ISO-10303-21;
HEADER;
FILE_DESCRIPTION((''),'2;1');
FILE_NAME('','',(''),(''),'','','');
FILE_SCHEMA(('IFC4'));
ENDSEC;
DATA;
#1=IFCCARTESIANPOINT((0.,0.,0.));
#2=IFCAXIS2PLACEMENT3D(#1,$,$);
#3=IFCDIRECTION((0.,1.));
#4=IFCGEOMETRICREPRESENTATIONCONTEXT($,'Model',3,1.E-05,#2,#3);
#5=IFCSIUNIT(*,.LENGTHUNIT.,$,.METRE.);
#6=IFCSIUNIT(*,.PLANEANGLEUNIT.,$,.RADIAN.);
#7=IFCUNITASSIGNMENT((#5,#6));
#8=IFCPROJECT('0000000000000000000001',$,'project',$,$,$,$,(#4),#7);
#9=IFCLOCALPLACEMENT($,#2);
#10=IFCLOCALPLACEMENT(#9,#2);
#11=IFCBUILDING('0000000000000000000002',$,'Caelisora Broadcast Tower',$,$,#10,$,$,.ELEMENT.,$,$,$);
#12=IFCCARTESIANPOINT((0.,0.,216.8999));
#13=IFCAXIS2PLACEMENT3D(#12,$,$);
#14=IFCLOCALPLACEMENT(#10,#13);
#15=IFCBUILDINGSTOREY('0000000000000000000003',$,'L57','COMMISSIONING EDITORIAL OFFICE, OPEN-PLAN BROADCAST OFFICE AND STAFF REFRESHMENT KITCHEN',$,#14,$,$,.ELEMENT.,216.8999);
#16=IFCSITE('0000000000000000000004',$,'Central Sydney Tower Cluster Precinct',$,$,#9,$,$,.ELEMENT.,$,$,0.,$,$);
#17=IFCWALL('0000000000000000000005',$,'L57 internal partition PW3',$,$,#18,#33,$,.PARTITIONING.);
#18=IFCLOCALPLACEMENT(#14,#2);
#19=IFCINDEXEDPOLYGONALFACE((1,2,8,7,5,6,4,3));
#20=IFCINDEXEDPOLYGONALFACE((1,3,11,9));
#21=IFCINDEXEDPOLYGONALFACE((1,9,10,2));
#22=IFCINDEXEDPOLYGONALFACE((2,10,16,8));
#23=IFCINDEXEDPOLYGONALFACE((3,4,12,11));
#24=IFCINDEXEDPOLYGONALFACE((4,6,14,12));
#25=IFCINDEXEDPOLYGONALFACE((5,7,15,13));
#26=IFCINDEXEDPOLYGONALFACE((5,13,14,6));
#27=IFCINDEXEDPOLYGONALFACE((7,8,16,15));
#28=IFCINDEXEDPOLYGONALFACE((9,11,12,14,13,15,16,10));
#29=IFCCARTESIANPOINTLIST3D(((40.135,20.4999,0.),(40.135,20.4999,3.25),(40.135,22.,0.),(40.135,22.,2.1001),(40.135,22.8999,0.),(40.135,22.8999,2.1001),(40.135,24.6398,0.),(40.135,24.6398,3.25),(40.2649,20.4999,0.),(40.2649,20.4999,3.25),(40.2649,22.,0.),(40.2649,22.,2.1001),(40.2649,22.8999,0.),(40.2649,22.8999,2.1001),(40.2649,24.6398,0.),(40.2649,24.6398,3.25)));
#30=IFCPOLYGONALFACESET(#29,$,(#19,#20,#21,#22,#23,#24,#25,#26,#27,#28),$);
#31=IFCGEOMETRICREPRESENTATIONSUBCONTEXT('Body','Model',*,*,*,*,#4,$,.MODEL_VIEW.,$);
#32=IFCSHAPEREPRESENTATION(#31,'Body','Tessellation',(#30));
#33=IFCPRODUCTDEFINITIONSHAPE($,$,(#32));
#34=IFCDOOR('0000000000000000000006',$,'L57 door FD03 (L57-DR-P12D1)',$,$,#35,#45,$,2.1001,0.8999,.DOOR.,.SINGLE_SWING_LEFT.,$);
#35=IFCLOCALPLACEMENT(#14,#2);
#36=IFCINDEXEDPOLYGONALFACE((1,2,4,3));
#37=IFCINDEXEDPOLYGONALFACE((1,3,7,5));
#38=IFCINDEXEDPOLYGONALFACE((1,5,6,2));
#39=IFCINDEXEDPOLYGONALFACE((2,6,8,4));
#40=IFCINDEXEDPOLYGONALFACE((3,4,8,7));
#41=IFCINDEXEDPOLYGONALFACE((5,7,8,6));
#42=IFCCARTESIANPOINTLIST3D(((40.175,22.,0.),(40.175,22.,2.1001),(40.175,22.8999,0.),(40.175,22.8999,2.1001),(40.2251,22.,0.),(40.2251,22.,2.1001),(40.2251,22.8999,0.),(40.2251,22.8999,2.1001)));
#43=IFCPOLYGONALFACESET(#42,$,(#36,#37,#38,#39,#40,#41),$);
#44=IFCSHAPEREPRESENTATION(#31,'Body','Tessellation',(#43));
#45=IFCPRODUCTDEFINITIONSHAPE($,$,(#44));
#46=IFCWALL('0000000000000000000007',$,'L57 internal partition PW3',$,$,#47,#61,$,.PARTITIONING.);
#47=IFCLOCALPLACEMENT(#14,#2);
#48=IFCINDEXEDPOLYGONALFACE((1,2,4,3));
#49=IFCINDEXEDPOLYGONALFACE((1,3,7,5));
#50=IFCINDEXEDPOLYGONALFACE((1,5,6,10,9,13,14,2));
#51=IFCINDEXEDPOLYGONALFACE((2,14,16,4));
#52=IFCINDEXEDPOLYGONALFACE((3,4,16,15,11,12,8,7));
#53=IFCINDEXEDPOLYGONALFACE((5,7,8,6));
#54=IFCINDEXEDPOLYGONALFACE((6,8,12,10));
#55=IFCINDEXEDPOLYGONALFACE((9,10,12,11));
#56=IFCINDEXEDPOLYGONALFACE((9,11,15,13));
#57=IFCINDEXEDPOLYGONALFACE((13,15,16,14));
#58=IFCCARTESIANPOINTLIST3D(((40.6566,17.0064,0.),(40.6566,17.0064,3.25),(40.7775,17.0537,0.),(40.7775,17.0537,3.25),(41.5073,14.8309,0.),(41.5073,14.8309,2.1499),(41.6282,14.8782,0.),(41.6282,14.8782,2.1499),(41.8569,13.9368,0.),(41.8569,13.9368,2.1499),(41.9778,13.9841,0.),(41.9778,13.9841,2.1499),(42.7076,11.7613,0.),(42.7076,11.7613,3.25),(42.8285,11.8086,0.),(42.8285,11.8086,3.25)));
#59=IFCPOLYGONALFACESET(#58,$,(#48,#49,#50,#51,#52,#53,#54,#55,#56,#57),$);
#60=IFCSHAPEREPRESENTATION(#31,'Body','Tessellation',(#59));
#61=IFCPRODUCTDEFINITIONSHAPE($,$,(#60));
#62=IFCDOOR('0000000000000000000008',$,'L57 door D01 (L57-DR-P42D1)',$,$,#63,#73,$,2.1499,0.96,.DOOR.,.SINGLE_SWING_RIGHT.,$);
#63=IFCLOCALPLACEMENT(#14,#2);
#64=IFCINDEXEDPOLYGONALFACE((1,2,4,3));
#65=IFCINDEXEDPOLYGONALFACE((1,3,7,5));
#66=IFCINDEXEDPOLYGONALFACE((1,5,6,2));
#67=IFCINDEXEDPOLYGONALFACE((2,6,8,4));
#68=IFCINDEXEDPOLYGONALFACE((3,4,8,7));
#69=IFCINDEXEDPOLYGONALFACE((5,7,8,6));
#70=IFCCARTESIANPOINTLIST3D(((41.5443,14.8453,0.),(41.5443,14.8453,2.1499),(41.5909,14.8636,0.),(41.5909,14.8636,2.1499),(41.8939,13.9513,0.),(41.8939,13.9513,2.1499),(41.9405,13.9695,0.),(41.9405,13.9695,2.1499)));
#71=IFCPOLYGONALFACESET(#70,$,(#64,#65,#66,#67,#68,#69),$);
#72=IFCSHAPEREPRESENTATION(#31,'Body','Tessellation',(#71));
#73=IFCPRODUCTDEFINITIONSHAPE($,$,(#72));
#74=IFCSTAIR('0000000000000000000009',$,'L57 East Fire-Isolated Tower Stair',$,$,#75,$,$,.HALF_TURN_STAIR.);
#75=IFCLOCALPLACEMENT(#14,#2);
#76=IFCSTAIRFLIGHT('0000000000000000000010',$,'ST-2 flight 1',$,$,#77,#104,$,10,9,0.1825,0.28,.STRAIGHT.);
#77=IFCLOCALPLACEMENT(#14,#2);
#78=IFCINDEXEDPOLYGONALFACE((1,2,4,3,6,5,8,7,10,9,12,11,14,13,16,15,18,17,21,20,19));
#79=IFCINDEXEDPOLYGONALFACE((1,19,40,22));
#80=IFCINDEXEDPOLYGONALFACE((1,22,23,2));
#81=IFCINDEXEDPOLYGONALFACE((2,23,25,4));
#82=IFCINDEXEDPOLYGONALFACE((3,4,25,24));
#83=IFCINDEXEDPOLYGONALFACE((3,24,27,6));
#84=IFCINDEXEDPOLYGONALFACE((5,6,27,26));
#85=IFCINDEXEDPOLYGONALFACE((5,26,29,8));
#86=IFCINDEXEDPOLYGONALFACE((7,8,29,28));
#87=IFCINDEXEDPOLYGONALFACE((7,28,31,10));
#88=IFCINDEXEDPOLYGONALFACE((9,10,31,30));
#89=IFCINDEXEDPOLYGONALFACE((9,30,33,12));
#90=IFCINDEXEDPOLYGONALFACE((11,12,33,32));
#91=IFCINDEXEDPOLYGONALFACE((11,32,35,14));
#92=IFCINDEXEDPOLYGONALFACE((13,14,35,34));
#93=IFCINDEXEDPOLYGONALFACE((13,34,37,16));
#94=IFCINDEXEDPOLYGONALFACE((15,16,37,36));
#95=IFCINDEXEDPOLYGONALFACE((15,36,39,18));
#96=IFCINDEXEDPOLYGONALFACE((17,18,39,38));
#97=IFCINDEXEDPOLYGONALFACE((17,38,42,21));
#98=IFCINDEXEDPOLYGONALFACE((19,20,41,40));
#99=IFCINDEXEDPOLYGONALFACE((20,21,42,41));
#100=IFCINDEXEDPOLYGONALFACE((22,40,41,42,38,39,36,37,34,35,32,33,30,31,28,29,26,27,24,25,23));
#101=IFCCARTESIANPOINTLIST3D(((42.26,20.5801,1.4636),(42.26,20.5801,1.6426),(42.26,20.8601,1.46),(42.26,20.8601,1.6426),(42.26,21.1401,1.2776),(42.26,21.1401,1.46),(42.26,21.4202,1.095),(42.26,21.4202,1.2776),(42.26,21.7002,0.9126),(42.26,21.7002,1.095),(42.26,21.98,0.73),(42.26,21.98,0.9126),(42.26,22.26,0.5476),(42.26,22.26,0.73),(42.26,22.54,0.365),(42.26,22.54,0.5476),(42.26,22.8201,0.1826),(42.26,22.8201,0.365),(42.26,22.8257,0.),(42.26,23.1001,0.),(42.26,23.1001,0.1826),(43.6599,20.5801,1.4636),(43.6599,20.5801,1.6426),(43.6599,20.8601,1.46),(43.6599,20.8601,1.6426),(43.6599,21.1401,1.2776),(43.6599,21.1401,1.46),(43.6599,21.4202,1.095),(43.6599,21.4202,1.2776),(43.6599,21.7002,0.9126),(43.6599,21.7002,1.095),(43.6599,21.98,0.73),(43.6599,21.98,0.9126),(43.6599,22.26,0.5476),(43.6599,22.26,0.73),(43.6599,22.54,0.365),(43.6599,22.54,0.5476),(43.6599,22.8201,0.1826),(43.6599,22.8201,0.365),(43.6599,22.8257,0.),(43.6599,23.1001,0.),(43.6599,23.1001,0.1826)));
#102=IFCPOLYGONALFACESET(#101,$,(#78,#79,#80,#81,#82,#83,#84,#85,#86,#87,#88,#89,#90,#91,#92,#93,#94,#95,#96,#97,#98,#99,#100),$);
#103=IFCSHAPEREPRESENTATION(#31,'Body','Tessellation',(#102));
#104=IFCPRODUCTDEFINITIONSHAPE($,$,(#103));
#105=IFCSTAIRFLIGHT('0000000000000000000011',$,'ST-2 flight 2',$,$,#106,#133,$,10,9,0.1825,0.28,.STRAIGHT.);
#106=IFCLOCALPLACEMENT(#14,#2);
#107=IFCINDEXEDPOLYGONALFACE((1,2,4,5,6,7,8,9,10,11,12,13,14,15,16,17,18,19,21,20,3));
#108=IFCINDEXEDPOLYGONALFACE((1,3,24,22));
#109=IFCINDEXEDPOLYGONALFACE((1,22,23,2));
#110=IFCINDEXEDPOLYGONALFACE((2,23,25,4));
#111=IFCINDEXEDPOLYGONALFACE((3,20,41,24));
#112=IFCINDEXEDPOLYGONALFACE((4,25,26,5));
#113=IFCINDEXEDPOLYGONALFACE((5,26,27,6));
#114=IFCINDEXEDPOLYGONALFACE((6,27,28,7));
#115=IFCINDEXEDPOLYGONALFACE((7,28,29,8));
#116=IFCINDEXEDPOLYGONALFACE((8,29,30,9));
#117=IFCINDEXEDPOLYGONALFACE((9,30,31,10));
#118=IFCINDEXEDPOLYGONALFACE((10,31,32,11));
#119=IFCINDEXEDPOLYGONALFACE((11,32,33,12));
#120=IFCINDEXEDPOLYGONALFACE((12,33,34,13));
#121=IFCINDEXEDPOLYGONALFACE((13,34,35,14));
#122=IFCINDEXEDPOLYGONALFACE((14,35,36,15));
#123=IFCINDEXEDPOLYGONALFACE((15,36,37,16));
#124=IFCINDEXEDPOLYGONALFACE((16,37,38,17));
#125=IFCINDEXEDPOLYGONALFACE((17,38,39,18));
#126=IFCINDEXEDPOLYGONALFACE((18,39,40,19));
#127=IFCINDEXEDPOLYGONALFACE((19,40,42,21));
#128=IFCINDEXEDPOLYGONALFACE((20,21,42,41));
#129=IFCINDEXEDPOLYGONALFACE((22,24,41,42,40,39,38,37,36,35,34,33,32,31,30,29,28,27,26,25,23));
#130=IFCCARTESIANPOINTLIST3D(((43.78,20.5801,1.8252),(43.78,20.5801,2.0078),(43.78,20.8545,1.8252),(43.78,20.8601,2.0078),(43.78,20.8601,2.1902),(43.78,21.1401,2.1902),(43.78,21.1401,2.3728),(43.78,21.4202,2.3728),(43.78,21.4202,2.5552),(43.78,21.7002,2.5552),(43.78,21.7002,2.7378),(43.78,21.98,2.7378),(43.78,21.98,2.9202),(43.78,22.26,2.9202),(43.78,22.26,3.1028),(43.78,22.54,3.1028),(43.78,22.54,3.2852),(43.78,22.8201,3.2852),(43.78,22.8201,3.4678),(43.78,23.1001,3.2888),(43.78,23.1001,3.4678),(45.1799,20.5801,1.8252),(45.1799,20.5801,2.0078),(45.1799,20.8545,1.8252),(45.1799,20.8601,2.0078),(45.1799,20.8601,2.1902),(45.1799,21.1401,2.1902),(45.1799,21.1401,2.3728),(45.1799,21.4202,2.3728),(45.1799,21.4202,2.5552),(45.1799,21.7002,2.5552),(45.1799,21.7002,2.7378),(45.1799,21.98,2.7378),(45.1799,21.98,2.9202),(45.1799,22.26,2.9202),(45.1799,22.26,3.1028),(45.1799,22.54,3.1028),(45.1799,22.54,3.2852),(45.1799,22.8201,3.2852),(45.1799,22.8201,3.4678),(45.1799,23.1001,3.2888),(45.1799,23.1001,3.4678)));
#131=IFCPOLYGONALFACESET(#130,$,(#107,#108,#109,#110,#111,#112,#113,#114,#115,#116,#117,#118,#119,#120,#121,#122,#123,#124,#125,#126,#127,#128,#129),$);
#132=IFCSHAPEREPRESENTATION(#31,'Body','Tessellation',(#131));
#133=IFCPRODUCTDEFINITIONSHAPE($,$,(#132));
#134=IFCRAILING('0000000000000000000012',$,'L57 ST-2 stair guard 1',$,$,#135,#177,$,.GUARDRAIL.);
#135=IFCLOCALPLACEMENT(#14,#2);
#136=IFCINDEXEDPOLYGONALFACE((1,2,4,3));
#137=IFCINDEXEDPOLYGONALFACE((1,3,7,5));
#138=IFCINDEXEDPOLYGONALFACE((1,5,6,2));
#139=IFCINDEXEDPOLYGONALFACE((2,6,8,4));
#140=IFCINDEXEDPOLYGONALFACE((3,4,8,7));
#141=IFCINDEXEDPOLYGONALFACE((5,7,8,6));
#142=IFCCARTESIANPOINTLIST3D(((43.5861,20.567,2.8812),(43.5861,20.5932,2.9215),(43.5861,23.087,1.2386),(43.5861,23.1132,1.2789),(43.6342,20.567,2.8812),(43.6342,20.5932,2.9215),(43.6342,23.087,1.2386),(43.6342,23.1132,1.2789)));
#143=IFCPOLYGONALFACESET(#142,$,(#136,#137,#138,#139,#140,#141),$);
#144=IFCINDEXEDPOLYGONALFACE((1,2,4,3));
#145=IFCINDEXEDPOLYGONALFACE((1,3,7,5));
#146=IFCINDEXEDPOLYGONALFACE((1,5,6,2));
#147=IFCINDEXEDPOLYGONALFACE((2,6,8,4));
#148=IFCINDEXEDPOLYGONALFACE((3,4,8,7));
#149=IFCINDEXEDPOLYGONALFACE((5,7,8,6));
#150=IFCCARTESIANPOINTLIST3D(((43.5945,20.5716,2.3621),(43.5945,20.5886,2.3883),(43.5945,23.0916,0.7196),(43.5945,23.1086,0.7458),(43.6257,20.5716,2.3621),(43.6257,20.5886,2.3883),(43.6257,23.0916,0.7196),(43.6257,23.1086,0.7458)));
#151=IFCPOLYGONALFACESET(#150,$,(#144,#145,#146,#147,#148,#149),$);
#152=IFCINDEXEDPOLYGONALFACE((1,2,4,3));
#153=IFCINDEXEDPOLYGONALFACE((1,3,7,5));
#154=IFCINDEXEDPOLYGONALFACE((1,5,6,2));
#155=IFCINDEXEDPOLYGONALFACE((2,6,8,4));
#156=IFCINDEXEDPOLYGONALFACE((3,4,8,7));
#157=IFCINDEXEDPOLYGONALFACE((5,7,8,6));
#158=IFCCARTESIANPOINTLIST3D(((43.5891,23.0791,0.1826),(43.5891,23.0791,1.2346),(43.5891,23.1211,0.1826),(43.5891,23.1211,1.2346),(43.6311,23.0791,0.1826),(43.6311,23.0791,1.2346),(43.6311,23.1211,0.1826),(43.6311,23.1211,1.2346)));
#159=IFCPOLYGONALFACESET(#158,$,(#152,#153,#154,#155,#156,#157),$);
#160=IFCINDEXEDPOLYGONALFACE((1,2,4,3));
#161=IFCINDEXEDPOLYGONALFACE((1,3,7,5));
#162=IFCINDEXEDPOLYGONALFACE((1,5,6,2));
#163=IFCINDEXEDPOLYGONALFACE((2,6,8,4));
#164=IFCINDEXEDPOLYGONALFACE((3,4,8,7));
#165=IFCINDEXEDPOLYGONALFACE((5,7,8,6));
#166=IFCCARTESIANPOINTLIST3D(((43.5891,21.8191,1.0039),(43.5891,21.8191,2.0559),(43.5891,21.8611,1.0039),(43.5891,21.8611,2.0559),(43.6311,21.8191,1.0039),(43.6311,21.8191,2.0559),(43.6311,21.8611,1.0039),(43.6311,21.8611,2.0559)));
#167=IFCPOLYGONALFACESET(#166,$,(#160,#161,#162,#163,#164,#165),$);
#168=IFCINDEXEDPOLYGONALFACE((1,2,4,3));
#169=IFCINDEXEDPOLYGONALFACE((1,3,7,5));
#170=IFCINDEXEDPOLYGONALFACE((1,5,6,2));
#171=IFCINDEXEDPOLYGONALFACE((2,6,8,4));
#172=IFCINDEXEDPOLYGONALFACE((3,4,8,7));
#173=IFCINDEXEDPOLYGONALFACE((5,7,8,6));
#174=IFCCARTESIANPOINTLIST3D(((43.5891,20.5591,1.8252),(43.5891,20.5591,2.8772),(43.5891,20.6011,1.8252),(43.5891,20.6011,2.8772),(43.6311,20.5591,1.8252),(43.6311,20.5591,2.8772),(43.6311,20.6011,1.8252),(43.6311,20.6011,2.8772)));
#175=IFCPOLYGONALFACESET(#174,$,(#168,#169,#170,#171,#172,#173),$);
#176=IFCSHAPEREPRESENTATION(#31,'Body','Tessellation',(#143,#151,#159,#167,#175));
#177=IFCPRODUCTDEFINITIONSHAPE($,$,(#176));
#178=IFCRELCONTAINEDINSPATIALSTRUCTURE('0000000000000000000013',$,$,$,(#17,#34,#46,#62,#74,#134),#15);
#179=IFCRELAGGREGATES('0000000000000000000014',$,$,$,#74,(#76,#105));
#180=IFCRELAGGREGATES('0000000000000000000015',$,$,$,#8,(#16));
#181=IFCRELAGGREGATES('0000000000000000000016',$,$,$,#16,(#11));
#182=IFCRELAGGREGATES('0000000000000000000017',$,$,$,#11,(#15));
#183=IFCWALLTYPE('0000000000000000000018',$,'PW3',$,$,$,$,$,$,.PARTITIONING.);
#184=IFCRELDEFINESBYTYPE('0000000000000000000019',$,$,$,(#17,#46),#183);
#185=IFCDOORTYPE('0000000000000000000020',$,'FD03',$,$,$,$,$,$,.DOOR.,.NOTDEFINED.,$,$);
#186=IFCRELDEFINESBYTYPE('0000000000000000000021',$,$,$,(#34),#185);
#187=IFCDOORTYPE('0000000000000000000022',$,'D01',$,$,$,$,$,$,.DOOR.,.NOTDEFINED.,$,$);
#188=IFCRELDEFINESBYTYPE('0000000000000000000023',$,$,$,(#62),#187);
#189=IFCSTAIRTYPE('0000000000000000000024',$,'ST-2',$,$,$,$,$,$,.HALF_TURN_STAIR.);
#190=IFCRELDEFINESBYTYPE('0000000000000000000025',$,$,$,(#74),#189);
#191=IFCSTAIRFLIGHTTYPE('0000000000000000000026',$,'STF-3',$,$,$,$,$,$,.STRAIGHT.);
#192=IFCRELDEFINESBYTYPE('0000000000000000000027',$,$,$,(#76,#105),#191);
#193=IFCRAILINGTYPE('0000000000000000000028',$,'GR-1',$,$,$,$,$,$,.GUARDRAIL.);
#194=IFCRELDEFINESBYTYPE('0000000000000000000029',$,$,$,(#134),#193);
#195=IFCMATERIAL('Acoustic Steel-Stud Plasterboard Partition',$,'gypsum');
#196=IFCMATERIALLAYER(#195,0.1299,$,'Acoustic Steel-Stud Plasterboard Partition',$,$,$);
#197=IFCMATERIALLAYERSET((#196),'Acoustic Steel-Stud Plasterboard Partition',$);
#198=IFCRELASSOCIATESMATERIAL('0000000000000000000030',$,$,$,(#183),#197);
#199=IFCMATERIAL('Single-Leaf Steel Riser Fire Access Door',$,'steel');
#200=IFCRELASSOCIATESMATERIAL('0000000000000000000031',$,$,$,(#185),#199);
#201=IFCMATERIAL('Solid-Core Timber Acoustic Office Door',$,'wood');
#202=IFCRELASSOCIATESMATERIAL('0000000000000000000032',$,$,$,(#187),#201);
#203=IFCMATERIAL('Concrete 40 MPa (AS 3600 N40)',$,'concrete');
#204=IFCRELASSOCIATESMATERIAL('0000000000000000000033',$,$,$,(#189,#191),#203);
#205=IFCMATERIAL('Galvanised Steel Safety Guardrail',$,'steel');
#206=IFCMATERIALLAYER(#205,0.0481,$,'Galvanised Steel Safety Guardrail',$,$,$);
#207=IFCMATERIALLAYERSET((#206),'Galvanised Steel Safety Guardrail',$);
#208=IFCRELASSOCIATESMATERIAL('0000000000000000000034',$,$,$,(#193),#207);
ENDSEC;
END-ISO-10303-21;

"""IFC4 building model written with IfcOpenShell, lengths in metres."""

from ifc_helpers import new_model, si_unit, direction, frame, frame_2d, origin, origin_2d, place, context, subcontext, project, spatial, polyline, rectangle, outline, extrude, material, layer, layer_set, type_object, element, fill, aggregate, save


model = new_model("IFC4")

# Units and contexts
model_context = context("Model", 3, precision=1e-05, world=origin(), true_north=direction((0.0, 1.0)))
body_context = subcontext(model_context, "Body", "Model", "MODEL_VIEW")
ifc_project = project(units=[si_unit("LENGTHUNIT", "METRE"), si_unit("PLANEANGLEUNIT", "RADIAN")], contexts=[model_context])

# Site, building, storey
site_placement = place(None, origin())
site = spatial("IfcSite", under=ifc_project, at=site_placement, Name="Central Sydney Tower Cluster Precinct", CompositionType="ELEMENT", RefElevation=0.0)
building_placement = place(site_placement, origin())
building = spatial("IfcBuilding", under=site, at=building_placement, Name="Caelisora Broadcast Tower", CompositionType="ELEMENT")
storey_placement = place(building_placement, frame((0.0, 0.0, 216.8999)))
storey = spatial("IfcBuildingStorey", under=building, at=storey_placement, Name="L57", Description="COMMISSIONING EDITORIAL OFFICE, OPEN-PLAN BROADCAST OFFICE AND STAFF REFRESHMENT KITCHEN", CompositionType="ELEMENT", Elevation=216.8999)

# Walls, openings, doors
ifc_material_1 = material(Name="Acoustic Steel-Stud Plasterboard Partition", Category="gypsum")
ifc_layer_1 = layer(ifc_material_1, 0.1299, Name="Acoustic Steel-Stud Plasterboard Partition")
ifc_layer_set_1 = layer_set([ifc_layer_1], Name="Acoustic Steel-Stud Plasterboard Partition")
wall_type_1 = type_object("IfcWallType", Name="PW3", PredefinedType="PARTITIONING", material=ifc_layer_set_1)
wall_1_placement = place(storey_placement, frame((40.2, 20.5, 0.0), z_axis=(0.0, 0.0, 1.0), x_axis=(0.0, 1.0, 0.0)))
wall_1 = element("IfcWall", 1, at=wall_1_placement, inside=storey, type_object=wall_type_1, Name="L57 internal partition PW3", PredefinedType="PARTITIONING", context=body_context, shape_type="SweptSolid", body=[
    extrude(rectangle(XDim=4.1399, YDim=0.1299, at=frame_2d((2.0698, 0.0))), origin(), (0.0, 0.0, 1.0), 3.25),
])
opening_1_placement = place(wall_1_placement, frame((1.5, 0.0, 0.0)))
opening_1 = element("IfcOpeningElement", 2, at=opening_1_placement, cuts=wall_1, PredefinedType="OPENING", context=body_context, shape_type="SweptSolid", body=[
    extrude(rectangle(XDim=0.8999, YDim=2.1001, at=frame_2d((0.45, 1.05))), frame((0.0, 0.0769, 0.0), z_axis=(0.0, -1.0, 0.0), x_axis=(1.0, 0.0, 0.0)), (0.0, 0.0, 1.0), 0.1538),
])
ifc_material_2 = material(Name="Single-Leaf Steel Riser Fire Access Door", Category="steel")
door_type_1 = type_object("IfcDoorType", Name="FD03", OperationType="NOTDEFINED", PredefinedType="DOOR", material=ifc_material_2)
door_1_placement = place(opening_1_placement, origin())
door_1 = element("IfcDoor", 3, at=door_1_placement, inside=storey, type_object=door_type_1, Name="L57 door FD03 (L57-DR-P12D1)", OperationType="SINGLE_SWING_LEFT", OverallHeight=2.1001, OverallWidth=0.8999, PredefinedType="DOOR", context=body_context, shape_type="SweptSolid", body=[
    extrude(rectangle(XDim=0.8999, YDim=2.1001, at=frame_2d((0.45, 1.05))), frame((0.0, 0.0249, 0.0), z_axis=(0.0, -1.0, 0.0), x_axis=(1.0, 0.0, 0.0)), (0.0, 0.0, 1.0), 0.05),
])
fill(opening_1, door_1)
wall_2_placement = place(storey_placement, frame((40.717, 17.03, 0.0), z_axis=(0.0, 0.0, 1.0), x_axis=(0.364182, -0.931328, 0.0)))
wall_2 = element("IfcWall", 4, at=wall_2_placement, inside=storey, type_object=wall_type_1, Name="L57 internal partition PW3", PredefinedType="PARTITIONING", context=body_context, shape_type="SweptSolid", body=[
    extrude(rectangle(XDim=5.6318, YDim=0.1299, at=frame_2d((2.8159, 0.0))), origin(), (0.0, 0.0, 1.0), 3.25),
])
opening_2_placement = place(wall_2_placement, frame((2.3359, 0.0, 0.0)))
opening_2 = element("IfcOpeningElement", 5, at=opening_2_placement, cuts=wall_2, PredefinedType="OPENING", context=body_context, shape_type="SweptSolid", body=[
    extrude(rectangle(XDim=0.96, YDim=2.1499, at=frame_2d((0.48, 1.075))), frame((0.0, 0.0769, 0.0), z_axis=(0.0, -1.0, 0.0), x_axis=(1.0, 0.0, 0.0)), (0.0, 0.0, 1.0), 0.1538),
])
ifc_material_3 = material(Name="Solid-Core Timber Acoustic Office Door", Category="wood")
door_type_2 = type_object("IfcDoorType", Name="D01", OperationType="NOTDEFINED", PredefinedType="DOOR", material=ifc_material_3)
door_2_placement = place(opening_2_placement, origin())
door_2 = element("IfcDoor", 6, at=door_2_placement, inside=storey, type_object=door_type_2, Name="L57 door D01 (L57-DR-P42D1)", OperationType="SINGLE_SWING_RIGHT", OverallHeight=2.1499, OverallWidth=0.96, PredefinedType="DOOR", context=body_context, shape_type="SweptSolid", body=[
    extrude(rectangle(XDim=0.96, YDim=2.1499, at=frame_2d((0.48, 1.075))), frame((0.0, 0.0249, 0.0), z_axis=(0.0, -1.0, 0.0), x_axis=(1.0, 0.0, 0.0)), (0.0, 0.0, 1.0), 0.05),
])
fill(opening_2, door_2)

# Stair, stair flights
ifc_material_4 = material(Name="Concrete 40 MPa (AS 3600 N40)", Category="concrete")
stair_type = type_object("IfcStairType", Name="ST-2", PredefinedType="HALF_TURN_STAIR", material=ifc_material_4)
stair_placement = place(storey_placement, origin())
stair = element("IfcStair", 7, at=stair_placement, inside=storey, type_object=stair_type, Name="L57 East Fire-Isolated Tower Stair", PredefinedType="HALF_TURN_STAIR")
stair_flight_type = type_object("IfcStairFlightType", Name="STF-3", PredefinedType="STRAIGHT", material=ifc_material_4)
stair_flight_1_placement = place(storey_placement, frame((42.96, 23.1001, 0.0), z_axis=(0.0, 0.0, 1.0), x_axis=(0.0, -1.0, 0.0)))
stair_flight_1 = element("IfcStairFlight", 8, at=stair_flight_1_placement, type_object=stair_flight_type, Name="ST-2 flight 1", NumberOfRisers=10, NumberOfTreads=9, PredefinedType="STRAIGHT", RiserHeight=0.1825, TreadLength=0.28, context=body_context, shape_type="SweptSolid", body=[
    extrude(outline(polyline([(0.0, 0.0), (0.0, 0.1826), (0.28, 0.1826), (0.28, 0.365), (0.5601, 0.365), (0.5601, 0.5476), (0.8401, 0.5476), (0.8401, 0.73), (1.1201, 0.73), (1.1201, 0.9126), (1.3999, 0.9126), (1.3999, 1.095), (1.6799, 1.095), (1.6799, 1.2776), (1.96, 1.2776), (1.96, 1.46), (2.24, 1.46), (2.24, 1.6426), (2.52, 1.6426), (2.52, 1.825), (2.52, 1.4636), (0.2744, 0.0), (0.0, 0.0)])), frame((0.0, 0.7, 0.0), z_axis=(0.0, -1.0, 0.0), x_axis=(1.0, 0.0, 0.0)), (0.0, 0.0, 1.0), 1.3999),
])
stair_flight_2_placement = place(storey_placement, frame((44.48, 20.5801, 1.8252), z_axis=(0.0, 0.0, 1.0), x_axis=(0.0, 1.0, 0.0)))
stair_flight_2 = element("IfcStairFlight", 9, at=stair_flight_2_placement, type_object=stair_flight_type, Name="ST-2 flight 2", NumberOfRisers=10, NumberOfTreads=9, PredefinedType="STRAIGHT", RiserHeight=0.1825, TreadLength=0.28, context=body_context, shape_type="SweptSolid", body=[
    extrude(outline(polyline([(0.0, 0.0), (0.0, 0.1826), (0.28, 0.1826), (0.28, 0.365), (0.5601, 0.365), (0.5601, 0.5476), (0.8401, 0.5476), (0.8401, 0.73), (1.1201, 0.73), (1.1201, 0.9126), (1.3999, 0.9126), (1.3999, 1.095), (1.6799, 1.095), (1.6799, 1.2776), (1.96, 1.2776), (1.96, 1.46), (2.24, 1.46), (2.24, 1.6426), (2.52, 1.6426), (2.52, 1.825), (2.52, 1.4636), (0.2744, 0.0), (0.0, 0.0)])), frame((0.0, 0.7, 0.0), z_axis=(0.0, -1.0, 0.0), x_axis=(1.0, 0.0, 0.0)), (0.0, 0.0, 1.0), 1.3999),
])
aggregate(stair, [stair_flight_1, stair_flight_2])

# Railing
ifc_material_5 = material(Name="Galvanised Steel Safety Guardrail", Category="steel")
ifc_layer_2 = layer(ifc_material_5, 0.0481, Name="Galvanised Steel Safety Guardrail")
ifc_layer_set_2 = layer_set([ifc_layer_2], Name="Galvanised Steel Safety Guardrail")
railing_type_1 = type_object("IfcRailingType", Name="GR-1", PredefinedType="GUARDRAIL", material=ifc_layer_set_2)
railing_1_placement = place(storey_placement, frame((43.6101, 23.1001, 0.1826)))
element("IfcRailing", 10, at=railing_1_placement, inside=storey, type_object=railing_type_1, Name="L57 ST-2 stair guard 1", PredefinedType="GUARDRAIL", context=body_context, shape_type="SweptSolid", body=[
    extrude(rectangle(XDim=0.0481, YDim=0.0481, at=origin_2d()), frame((0.0, 0.0, 1.0762), z_axis=(0.0, -0.837749, 0.546055), x_axis=(1.0, 0.0, 0.0)), (0.0, 0.0, 1.0), 3.0081),
    extrude(rectangle(XDim=0.0312, YDim=0.0312, at=origin_2d()), frame((0.0, 0.0, 0.55), z_axis=(0.0, -0.837749, 0.546055), x_axis=(1.0, 0.0, 0.0)), (0.0, 0.0, 1.0), 3.0081),
    extrude(rectangle(XDim=0.042, YDim=0.042, at=origin_2d()), origin(), (0.0, 0.0, 1.0), 1.052),
    extrude(rectangle(XDim=0.042, YDim=0.042, at=origin_2d()), frame((0.0, -1.26, 0.8213)), (0.0, 0.0, 1.0), 1.052),
    extrude(rectangle(XDim=0.042, YDim=0.042, at=origin_2d()), frame((0.0, -2.52, 1.6426)), (0.0, 0.0, 1.0), 1.052),
])

save(model, "model.ifc")
